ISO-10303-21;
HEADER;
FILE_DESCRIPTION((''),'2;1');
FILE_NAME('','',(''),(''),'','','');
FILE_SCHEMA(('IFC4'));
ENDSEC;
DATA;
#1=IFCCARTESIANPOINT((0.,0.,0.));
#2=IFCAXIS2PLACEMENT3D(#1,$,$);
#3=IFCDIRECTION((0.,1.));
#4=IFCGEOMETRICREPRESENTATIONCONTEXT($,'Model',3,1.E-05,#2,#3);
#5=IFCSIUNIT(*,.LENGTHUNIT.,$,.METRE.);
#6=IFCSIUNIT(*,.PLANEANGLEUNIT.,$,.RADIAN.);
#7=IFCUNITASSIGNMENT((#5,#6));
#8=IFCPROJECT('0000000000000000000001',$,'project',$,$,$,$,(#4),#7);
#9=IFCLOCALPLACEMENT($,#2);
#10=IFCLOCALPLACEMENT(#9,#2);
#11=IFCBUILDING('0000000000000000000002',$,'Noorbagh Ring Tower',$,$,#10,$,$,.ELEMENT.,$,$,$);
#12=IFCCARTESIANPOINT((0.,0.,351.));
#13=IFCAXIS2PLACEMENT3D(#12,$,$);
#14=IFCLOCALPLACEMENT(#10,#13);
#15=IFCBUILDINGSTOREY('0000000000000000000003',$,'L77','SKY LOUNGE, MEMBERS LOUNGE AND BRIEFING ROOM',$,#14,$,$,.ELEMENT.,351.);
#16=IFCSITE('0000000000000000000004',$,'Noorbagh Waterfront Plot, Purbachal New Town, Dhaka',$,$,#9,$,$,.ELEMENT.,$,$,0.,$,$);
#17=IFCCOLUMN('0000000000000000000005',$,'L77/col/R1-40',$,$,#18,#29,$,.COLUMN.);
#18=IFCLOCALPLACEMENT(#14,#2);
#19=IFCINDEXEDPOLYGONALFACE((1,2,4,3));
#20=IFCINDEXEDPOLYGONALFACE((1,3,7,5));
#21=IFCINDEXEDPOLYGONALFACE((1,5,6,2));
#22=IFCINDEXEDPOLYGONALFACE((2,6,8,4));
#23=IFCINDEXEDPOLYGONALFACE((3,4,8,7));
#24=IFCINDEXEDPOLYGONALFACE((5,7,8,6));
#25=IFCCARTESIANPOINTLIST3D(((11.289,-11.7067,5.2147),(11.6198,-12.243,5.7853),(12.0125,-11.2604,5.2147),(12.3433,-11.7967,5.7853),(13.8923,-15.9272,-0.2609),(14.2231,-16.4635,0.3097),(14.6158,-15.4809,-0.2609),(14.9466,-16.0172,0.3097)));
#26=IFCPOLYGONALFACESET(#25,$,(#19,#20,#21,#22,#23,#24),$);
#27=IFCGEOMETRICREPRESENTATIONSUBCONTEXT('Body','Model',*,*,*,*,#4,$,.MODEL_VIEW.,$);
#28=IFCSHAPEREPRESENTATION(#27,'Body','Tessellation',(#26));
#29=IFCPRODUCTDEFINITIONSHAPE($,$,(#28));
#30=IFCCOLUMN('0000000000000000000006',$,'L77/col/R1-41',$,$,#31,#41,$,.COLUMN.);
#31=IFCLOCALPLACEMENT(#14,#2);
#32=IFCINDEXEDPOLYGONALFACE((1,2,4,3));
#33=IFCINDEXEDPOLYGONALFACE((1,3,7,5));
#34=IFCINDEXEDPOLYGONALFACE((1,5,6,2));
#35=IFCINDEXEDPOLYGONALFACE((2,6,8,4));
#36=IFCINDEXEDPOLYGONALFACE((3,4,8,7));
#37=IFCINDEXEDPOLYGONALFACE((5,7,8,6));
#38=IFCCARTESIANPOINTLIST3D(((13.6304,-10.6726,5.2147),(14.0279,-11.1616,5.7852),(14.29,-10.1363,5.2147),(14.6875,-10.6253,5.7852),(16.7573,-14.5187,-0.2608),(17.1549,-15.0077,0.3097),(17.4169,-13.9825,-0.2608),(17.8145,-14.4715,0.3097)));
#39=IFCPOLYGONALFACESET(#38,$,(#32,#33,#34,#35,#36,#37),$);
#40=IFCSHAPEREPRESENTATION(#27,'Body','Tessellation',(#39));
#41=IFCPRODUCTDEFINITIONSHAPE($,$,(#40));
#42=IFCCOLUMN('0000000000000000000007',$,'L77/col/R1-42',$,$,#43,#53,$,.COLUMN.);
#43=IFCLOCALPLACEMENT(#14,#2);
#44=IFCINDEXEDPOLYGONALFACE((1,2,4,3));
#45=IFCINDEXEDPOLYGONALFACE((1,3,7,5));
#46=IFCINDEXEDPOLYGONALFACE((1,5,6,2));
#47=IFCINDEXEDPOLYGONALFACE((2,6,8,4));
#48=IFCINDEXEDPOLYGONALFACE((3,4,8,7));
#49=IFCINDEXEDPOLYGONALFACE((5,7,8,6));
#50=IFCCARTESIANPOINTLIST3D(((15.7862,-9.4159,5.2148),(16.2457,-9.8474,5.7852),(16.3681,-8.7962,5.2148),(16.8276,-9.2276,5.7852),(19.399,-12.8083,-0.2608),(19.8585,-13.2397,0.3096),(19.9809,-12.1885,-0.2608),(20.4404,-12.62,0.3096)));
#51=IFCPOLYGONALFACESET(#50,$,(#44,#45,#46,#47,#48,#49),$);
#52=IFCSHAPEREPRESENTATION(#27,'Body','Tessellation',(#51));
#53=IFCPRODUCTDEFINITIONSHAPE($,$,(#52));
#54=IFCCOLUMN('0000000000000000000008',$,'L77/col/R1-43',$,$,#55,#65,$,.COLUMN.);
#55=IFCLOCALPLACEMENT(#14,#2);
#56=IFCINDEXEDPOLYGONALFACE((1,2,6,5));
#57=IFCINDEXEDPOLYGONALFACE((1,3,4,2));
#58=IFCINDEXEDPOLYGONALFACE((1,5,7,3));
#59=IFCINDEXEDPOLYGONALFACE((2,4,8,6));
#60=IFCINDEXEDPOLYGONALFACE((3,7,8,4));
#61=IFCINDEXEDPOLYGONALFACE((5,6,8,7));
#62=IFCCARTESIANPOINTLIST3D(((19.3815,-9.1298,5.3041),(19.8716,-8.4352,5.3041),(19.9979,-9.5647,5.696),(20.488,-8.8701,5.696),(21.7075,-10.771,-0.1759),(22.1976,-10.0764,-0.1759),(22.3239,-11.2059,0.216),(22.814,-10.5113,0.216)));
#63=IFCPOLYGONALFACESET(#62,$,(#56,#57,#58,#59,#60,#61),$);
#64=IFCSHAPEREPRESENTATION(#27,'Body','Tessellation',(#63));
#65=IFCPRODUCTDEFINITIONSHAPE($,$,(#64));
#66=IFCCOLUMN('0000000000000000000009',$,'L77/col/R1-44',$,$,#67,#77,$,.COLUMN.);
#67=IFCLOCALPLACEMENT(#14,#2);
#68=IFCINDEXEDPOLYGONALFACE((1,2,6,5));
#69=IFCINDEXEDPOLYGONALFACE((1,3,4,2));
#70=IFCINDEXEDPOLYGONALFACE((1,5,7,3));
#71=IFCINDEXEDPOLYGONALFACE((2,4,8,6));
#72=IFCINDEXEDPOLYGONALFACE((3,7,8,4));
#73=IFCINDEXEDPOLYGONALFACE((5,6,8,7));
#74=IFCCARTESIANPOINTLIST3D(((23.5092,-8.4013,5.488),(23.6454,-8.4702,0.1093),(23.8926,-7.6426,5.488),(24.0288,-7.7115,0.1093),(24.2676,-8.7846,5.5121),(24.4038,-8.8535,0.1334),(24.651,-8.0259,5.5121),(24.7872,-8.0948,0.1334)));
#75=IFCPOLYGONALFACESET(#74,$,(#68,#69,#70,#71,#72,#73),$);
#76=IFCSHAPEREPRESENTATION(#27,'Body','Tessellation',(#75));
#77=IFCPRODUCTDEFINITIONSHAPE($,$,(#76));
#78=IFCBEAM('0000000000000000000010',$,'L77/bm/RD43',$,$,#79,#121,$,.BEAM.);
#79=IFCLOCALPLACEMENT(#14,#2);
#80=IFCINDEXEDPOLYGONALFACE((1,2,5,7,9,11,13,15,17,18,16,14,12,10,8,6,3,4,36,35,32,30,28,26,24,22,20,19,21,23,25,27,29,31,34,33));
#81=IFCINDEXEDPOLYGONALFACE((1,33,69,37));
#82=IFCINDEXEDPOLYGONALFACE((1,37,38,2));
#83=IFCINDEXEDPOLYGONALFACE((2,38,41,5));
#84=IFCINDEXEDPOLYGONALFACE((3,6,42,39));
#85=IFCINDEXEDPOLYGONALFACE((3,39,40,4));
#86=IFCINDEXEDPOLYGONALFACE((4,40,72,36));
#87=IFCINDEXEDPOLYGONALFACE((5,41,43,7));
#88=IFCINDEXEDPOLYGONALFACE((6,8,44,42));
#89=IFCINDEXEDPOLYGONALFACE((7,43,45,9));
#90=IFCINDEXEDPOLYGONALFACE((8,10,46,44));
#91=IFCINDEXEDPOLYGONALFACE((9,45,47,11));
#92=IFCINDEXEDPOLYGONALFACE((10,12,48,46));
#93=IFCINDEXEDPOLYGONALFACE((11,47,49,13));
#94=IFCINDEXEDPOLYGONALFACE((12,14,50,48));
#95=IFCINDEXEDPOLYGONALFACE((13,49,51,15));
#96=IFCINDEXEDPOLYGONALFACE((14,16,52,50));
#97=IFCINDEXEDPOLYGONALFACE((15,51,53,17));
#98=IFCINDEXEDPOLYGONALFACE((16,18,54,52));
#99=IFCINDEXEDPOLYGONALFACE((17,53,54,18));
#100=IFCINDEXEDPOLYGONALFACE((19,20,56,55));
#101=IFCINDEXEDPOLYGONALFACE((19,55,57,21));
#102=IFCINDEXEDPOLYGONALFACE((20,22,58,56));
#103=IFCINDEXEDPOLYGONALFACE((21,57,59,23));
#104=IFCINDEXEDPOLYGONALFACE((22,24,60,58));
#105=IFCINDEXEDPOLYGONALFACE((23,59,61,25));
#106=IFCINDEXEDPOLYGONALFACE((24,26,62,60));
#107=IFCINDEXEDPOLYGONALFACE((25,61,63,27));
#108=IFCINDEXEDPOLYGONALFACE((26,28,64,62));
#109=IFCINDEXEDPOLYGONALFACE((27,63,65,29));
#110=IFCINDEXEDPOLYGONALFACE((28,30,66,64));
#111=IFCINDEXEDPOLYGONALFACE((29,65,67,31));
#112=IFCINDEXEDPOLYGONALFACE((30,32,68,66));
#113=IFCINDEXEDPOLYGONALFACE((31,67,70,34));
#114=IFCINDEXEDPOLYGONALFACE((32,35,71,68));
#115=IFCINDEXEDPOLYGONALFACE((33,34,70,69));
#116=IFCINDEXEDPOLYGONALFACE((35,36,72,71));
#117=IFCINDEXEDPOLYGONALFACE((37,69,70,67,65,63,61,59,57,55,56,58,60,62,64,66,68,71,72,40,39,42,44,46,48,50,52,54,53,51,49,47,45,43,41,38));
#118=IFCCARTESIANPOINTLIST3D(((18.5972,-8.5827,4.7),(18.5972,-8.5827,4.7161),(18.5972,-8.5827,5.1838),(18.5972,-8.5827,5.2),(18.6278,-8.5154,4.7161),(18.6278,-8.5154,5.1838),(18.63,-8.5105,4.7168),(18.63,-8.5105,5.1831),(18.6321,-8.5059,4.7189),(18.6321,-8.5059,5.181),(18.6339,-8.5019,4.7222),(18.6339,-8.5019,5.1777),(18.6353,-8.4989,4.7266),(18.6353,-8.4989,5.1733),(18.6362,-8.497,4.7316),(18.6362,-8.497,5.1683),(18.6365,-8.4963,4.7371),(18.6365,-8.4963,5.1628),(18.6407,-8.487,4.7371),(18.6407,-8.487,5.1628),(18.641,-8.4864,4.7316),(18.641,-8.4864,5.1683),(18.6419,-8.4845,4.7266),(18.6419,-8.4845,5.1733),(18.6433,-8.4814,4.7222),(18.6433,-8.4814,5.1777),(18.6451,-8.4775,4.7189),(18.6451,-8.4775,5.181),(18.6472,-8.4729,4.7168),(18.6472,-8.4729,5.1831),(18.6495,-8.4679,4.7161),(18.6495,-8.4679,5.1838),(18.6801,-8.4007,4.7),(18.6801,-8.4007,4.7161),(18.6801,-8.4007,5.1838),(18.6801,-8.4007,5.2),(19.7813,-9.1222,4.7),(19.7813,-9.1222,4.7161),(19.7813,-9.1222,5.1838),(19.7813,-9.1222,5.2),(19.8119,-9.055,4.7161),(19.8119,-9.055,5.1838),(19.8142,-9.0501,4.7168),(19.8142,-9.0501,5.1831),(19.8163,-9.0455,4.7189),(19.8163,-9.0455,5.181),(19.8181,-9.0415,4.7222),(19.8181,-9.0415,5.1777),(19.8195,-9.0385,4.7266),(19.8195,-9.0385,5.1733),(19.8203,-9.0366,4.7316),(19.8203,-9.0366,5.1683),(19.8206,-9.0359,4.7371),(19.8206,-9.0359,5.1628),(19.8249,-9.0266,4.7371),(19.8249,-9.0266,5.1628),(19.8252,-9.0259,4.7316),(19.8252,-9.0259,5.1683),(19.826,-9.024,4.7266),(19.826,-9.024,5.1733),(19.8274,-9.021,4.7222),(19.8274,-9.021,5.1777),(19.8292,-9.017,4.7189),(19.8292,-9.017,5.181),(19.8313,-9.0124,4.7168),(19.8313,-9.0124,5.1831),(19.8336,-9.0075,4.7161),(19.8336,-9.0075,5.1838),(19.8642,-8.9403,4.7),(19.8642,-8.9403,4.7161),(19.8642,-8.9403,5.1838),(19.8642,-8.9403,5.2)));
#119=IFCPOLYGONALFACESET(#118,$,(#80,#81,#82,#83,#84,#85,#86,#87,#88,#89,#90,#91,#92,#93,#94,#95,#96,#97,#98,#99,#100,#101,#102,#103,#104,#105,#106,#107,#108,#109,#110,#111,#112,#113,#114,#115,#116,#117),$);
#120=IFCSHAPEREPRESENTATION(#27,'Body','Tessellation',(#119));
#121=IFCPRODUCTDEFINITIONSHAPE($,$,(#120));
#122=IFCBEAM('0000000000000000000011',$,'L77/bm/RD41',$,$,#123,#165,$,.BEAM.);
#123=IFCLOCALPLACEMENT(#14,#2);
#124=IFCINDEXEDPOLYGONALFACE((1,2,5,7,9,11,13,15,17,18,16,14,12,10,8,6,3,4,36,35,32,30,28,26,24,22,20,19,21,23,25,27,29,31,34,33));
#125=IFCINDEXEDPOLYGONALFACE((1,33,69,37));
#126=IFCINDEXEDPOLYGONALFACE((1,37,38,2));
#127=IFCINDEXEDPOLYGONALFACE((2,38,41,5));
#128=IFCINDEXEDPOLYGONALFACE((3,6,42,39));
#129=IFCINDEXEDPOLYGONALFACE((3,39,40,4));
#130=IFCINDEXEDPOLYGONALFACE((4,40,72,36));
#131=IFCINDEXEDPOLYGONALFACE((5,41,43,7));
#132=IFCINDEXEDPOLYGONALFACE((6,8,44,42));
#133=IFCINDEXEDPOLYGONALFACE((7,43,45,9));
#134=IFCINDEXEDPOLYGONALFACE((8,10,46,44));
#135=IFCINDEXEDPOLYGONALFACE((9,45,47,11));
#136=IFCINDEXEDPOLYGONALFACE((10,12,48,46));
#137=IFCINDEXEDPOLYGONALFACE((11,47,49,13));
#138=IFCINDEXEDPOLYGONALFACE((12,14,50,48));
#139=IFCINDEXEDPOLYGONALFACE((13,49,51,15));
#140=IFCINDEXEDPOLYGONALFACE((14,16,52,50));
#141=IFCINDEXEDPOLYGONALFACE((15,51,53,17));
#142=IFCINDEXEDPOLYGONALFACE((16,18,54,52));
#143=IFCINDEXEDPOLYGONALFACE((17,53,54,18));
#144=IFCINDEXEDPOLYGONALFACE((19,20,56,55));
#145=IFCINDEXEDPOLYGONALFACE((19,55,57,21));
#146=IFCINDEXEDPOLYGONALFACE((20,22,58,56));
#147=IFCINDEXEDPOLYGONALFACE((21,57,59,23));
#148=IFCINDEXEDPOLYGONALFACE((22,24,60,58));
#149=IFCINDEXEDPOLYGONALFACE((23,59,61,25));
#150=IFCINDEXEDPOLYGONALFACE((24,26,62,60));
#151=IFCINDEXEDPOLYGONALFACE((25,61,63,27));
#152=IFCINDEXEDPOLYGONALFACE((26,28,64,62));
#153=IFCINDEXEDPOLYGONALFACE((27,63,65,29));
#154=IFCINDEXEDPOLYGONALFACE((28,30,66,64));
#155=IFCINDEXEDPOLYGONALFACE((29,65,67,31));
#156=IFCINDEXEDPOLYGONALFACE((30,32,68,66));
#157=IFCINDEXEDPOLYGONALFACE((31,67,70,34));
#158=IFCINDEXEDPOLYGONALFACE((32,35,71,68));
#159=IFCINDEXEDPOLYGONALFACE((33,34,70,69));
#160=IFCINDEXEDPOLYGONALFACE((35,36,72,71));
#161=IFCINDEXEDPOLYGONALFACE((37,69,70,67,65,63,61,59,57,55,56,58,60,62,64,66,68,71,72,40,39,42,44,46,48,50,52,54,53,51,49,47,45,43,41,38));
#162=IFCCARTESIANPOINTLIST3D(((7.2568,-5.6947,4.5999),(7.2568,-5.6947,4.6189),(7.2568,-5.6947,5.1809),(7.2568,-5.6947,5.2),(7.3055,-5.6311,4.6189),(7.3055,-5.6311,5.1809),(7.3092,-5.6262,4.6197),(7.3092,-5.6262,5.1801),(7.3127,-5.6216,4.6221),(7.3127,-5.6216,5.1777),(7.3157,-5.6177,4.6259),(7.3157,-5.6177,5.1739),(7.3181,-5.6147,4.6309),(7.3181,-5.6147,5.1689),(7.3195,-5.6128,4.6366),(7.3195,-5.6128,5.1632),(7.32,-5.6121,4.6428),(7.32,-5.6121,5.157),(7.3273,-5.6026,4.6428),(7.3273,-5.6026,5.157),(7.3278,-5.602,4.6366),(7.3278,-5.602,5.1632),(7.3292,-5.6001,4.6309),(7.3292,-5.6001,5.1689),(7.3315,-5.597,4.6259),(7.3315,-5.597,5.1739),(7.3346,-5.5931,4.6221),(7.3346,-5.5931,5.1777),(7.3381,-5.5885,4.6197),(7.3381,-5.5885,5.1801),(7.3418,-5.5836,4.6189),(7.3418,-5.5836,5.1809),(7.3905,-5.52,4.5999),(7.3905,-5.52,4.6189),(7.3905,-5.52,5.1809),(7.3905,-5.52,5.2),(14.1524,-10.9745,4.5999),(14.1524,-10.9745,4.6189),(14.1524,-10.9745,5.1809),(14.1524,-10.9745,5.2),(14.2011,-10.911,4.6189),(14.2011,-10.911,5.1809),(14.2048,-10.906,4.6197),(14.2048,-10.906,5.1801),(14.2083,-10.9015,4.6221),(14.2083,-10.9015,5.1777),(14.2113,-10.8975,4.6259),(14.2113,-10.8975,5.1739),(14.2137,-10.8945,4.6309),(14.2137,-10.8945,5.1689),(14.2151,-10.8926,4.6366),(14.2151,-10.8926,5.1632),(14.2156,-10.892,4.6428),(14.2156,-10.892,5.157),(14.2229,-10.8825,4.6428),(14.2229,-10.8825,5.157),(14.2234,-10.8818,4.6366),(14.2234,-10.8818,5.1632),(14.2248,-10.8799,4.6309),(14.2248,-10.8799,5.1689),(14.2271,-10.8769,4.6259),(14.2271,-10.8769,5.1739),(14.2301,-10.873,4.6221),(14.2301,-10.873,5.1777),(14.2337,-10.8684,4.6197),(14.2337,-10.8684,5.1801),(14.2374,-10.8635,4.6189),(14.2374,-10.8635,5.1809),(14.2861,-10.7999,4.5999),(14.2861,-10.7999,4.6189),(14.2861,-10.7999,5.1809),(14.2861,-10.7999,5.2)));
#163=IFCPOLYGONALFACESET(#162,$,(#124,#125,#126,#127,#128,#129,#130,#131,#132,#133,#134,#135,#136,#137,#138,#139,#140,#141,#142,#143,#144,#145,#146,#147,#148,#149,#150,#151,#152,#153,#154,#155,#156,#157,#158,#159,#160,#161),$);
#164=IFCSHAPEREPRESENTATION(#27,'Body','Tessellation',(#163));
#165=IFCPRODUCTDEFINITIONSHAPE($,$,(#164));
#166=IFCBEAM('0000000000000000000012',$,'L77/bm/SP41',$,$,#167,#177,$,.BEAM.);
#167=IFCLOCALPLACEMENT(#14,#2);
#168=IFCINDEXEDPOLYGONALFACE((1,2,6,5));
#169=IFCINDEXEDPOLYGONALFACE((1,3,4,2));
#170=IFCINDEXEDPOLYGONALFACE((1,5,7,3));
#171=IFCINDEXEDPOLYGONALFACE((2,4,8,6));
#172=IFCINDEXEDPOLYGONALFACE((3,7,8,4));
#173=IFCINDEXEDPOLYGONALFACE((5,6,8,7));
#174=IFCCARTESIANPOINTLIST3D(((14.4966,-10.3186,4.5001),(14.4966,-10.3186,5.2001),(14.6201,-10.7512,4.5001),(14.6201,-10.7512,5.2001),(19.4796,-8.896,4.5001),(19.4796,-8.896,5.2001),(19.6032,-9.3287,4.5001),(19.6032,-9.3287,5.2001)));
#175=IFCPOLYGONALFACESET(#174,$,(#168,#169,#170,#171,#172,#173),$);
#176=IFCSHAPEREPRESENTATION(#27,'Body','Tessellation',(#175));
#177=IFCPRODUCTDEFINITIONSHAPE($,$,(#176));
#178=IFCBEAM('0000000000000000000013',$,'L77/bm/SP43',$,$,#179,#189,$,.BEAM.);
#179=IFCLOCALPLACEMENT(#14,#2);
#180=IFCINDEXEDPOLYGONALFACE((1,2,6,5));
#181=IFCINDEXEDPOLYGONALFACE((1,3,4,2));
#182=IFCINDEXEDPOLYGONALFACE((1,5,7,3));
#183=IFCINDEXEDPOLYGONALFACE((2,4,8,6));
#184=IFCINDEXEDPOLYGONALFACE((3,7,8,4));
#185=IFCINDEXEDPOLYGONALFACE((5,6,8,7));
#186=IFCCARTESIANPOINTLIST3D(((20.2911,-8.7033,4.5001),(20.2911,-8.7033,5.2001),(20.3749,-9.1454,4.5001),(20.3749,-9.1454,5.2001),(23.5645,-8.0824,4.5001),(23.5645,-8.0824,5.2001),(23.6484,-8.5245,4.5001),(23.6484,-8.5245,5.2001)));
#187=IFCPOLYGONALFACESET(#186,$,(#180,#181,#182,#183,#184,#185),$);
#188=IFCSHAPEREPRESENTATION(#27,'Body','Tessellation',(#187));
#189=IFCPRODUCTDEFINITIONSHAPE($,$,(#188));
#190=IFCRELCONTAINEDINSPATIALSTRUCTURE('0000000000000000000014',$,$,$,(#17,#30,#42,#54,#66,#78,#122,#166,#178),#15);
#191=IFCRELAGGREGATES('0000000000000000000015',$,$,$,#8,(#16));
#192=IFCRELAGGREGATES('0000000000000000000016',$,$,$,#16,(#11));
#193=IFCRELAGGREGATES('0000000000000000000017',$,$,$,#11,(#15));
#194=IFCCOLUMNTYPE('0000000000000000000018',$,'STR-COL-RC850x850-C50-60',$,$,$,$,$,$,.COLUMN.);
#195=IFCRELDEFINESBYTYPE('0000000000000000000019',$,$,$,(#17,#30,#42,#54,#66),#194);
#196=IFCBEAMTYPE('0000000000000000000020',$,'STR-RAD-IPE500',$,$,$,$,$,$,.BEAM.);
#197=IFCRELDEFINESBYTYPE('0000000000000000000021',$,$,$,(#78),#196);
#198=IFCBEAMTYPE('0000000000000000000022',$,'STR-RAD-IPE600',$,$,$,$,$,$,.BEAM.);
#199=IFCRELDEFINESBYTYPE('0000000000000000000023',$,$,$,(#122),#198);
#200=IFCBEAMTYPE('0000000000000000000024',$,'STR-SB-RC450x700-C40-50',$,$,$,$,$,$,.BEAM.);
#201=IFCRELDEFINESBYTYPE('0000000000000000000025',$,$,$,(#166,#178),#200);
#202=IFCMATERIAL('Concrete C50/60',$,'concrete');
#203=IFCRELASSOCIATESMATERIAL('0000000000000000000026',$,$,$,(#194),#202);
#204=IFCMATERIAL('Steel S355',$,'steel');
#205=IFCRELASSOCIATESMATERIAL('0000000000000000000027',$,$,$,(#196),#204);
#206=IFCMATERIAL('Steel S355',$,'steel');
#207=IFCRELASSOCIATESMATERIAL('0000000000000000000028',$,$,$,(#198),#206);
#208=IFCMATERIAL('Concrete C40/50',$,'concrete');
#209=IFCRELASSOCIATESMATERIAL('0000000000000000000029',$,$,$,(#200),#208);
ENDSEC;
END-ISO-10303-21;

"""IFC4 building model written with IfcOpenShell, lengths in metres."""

from ifc_helpers import new_model, si_unit, direction, frame, origin, origin_2d, place, context, subcontext, project, spatial, rectangle, i_section, extrude, material, material_profile, profile_set, type_object, element, save


model = new_model("IFC4")

# Units and contexts
model_context = context("Model", 3, precision=1e-05, world=origin(), true_north=direction((0.0, 1.0)))
body_context = subcontext(model_context, "Body", "Model", "MODEL_VIEW")
ifc_project = project(units=[si_unit("LENGTHUNIT", "METRE"), si_unit("PLANEANGLEUNIT", "RADIAN")], contexts=[model_context])

# Site, building, storey
site_placement = place(None, origin())
site = spatial("IfcSite", under=ifc_project, at=site_placement, Name="Noorbagh Waterfront Plot, Purbachal New Town, Dhaka", CompositionType="ELEMENT", RefElevation=0.0)
building_placement = place(site_placement, origin())
building = spatial("IfcBuilding", under=site, at=building_placement, Name="Noorbagh Ring Tower", CompositionType="ELEMENT")
storey_placement = place(building_placement, frame((0.0, 0.0, 351.0)))
storey = spatial("IfcBuildingStorey", under=building, at=storey_placement, Name="L77", Description="SKY LOUNGE, MEMBERS LOUNGE AND BRIEFING ROOM", CompositionType="ELEMENT", Elevation=351.0)

# Columns
ifc_material_1 = material(Name="Concrete C50/60", Category="concrete")
ifc_material_profile_1 = material_profile(ifc_material_1, rectangle(XDim=0.8501, YDim=0.8501, at=origin_2d()), Name="RC850x850")
ifc_profile_set_1 = profile_set([ifc_material_profile_1], Name="Concrete C50/60")
column_type = type_object("IfcColumnType", Name="STR-COL-RC850x850-C50-60", PredefinedType="COLUMN", material=ifc_profile_set_1)
column_1_placement = place(storey_placement, frame((14.4194, -15.9722, 0.0244), z_axis=(-0.352401, 0.571317, 0.741222), x_axis=(-0.851112, -0.524984, 0.0)))
element("IfcColumn", 1, at=column_1_placement, inside=storey, type_object=column_type, Name="L77/col/R1-40", PredefinedType="COLUMN", context=body_context, shape_type="SweptSolid", body=[
    extrude(rectangle(XDim=0.8501, YDim=0.8501, at=origin_2d()), origin(), (0.0, 0.0, 1.0), 7.3872),
])
column_2_placement = place(storey_placement, frame((17.2859, -14.4951, 0.0244), z_axis=(-0.423362, 0.52074, 0.741346), x_axis=(-0.775924, -0.630826, 0.0)))
element("IfcColumn", 2, at=column_2_placement, inside=storey, type_object=column_type, Name="L77/col/R1-41", PredefinedType="COLUMN", context=body_context, shape_type="SweptSolid", body=[
    extrude(rectangle(XDim=0.8501, YDim=0.8501, at=origin_2d()), origin(), (0.0, 0.0, 1.0), 7.386),
])
column_3_placement = place(storey_placement, frame((19.9197, -12.7141, 0.0244), z_axis=(-0.489189, 0.459338, 0.74142), x_axis=(-0.684514, -0.728999, 0.0)))
element("IfcColumn", 3, at=column_3_placement, inside=storey, type_object=column_type, Name="L77/col/R1-42", PredefinedType="COLUMN", context=body_context, shape_type="SweptSolid", body=[
    extrude(rectangle(XDim=0.8501, YDim=0.8501, at=origin_2d()), origin(), (0.0, 0.0, 1.0), 7.3853),
])
column_4_placement = place(storey_placement, frame((22.2607, -10.6411, 0.02), z_axis=(-0.376655, 0.265758, 0.887414), x_axis=(-0.576515, -0.817087, 0.0)))
element("IfcColumn", 4, at=column_4_placement, inside=storey, type_object=column_type, Name="L77/col/R1-43", PredefinedType="COLUMN", context=body_context, shape_type="SweptSolid", body=[
    extrude(rectangle(XDim=0.8501, YDim=0.8501, at=origin_2d()), origin(), (0.0, 0.0, 1.0), 6.1753),
])
column_5_placement = place(storey_placement, frame((24.2163, -8.2825, 0.1213), z_axis=(-0.025318, 0.012795, 0.999598), x_axis=(-0.451048, -0.8925, 0.0)))
element("IfcColumn", 5, at=column_5_placement, inside=storey, type_object=column_type, Name="L77/col/R1-44", PredefinedType="COLUMN", context=body_context, shape_type="SweptSolid", body=[
    extrude(rectangle(XDim=0.8501, YDim=0.8501, at=origin_2d()), origin(), (0.0, 0.0, 1.0), 5.3809),
])

# Beams
ifc_material_2 = material(Name="Steel S355", Category="steel")
ifc_material_profile_2 = material_profile(ifc_material_2, i_section(OverallWidth=0.2, OverallDepth=0.5, WebThickness=0.0103, FlangeThickness=0.0161, FilletRadius=0.021, at=origin_2d()), Name="IPE500")
ifc_profile_set_2 = profile_set([ifc_material_profile_2], Name="Steel S355")
beam_type_1 = type_object("IfcBeamType", Name="STR-RAD-IPE500", PredefinedType="BEAM", material=ifc_profile_set_2)
beam_1_placement = place(storey_placement, frame((19.8228, -9.0312, 4.95), z_axis=(-0.909981, 0.414651, 0.0), x_axis=(-0.414651, -0.909981, 0.0)))
element("IfcBeam", 6, at=beam_1_placement, inside=storey, type_object=beam_type_1, Name="L77/bm/RD43", PredefinedType="BEAM", context=body_context, shape_type="SweptSolid", body=[
    extrude(i_section(OverallWidth=0.2, OverallDepth=0.5, WebThickness=0.0103, FlangeThickness=0.0161, FilletRadius=0.021, at=origin_2d()), origin(), (0.0, 0.0, 1.0), 1.3013),
])
ifc_material_3 = material(Name="Steel S355", Category="steel")
ifc_material_profile_3 = material_profile(ifc_material_3, i_section(OverallWidth=0.22, OverallDepth=0.6001, WebThickness=0.012, FlangeThickness=0.019, FilletRadius=0.0239, at=origin_2d()), Name="IPE600")
ifc_profile_set_3 = profile_set([ifc_material_profile_3], Name="Steel S355")
beam_type_2 = type_object("IfcBeamType", Name="STR-RAD-IPE600", PredefinedType="BEAM", material=ifc_profile_set_3)
beam_2_placement = place(storey_placement, frame((14.2192, -10.8872, 4.8999), z_axis=(-0.793983, 0.60794, 0.0), x_axis=(-0.60794, -0.793983, 0.0)))
element("IfcBeam", 7, at=beam_2_placement, inside=storey, type_object=beam_type_2, Name="L77/bm/RD41", PredefinedType="BEAM", context=body_context, shape_type="SweptSolid", body=[
    extrude(i_section(OverallWidth=0.22, OverallDepth=0.6001, WebThickness=0.012, FlangeThickness=0.019, FilletRadius=0.0239, at=origin_2d()), origin(), (0.0, 0.0, 1.0), 8.6848),
])
ifc_material_4 = material(Name="Concrete C40/50", Category="concrete")
ifc_material_profile_4 = material_profile(ifc_material_4, rectangle(XDim=0.45, YDim=0.7, at=origin_2d()), Name="RC450x700")
ifc_profile_set_4 = profile_set([ifc_material_profile_4], Name="Concrete C40/50")
beam_type_3 = type_object("IfcBeamType", Name="STR-SB-RC450x700-C40-50", PredefinedType="BEAM", material=ifc_profile_set_4)
beam_3_placement = place(storey_placement, frame((14.5583, -10.5349, 4.8501), z_axis=(0.961583, 0.274516, 0.0), x_axis=(-0.274516, 0.961583, 0.0)))
element("IfcBeam", 8, at=beam_3_placement, inside=storey, type_object=beam_type_3, Name="L77/bm/SP41", PredefinedType="BEAM", context=body_context, shape_type="SweptSolid", body=[
    extrude(rectangle(XDim=0.45, YDim=0.7, at=origin_2d()), origin(), (0.0, 0.0, 1.0), 5.1821),
])
beam_4_placement = place(storey_placement, frame((20.333, -8.9243, 4.8501), z_axis=(0.982485, 0.186341, 0.0), x_axis=(-0.186341, 0.982485, 0.0)))
element("IfcBeam", 9, at=beam_4_placement, inside=storey, type_object=beam_type_3, Name="L77/bm/SP43", PredefinedType="BEAM", context=body_context, shape_type="SweptSolid", body=[
    extrude(rectangle(XDim=0.45, YDim=0.7, at=origin_2d()), origin(), (0.0, 0.0, 1.0), 3.3318),
])

save(model, "model.ifc")
